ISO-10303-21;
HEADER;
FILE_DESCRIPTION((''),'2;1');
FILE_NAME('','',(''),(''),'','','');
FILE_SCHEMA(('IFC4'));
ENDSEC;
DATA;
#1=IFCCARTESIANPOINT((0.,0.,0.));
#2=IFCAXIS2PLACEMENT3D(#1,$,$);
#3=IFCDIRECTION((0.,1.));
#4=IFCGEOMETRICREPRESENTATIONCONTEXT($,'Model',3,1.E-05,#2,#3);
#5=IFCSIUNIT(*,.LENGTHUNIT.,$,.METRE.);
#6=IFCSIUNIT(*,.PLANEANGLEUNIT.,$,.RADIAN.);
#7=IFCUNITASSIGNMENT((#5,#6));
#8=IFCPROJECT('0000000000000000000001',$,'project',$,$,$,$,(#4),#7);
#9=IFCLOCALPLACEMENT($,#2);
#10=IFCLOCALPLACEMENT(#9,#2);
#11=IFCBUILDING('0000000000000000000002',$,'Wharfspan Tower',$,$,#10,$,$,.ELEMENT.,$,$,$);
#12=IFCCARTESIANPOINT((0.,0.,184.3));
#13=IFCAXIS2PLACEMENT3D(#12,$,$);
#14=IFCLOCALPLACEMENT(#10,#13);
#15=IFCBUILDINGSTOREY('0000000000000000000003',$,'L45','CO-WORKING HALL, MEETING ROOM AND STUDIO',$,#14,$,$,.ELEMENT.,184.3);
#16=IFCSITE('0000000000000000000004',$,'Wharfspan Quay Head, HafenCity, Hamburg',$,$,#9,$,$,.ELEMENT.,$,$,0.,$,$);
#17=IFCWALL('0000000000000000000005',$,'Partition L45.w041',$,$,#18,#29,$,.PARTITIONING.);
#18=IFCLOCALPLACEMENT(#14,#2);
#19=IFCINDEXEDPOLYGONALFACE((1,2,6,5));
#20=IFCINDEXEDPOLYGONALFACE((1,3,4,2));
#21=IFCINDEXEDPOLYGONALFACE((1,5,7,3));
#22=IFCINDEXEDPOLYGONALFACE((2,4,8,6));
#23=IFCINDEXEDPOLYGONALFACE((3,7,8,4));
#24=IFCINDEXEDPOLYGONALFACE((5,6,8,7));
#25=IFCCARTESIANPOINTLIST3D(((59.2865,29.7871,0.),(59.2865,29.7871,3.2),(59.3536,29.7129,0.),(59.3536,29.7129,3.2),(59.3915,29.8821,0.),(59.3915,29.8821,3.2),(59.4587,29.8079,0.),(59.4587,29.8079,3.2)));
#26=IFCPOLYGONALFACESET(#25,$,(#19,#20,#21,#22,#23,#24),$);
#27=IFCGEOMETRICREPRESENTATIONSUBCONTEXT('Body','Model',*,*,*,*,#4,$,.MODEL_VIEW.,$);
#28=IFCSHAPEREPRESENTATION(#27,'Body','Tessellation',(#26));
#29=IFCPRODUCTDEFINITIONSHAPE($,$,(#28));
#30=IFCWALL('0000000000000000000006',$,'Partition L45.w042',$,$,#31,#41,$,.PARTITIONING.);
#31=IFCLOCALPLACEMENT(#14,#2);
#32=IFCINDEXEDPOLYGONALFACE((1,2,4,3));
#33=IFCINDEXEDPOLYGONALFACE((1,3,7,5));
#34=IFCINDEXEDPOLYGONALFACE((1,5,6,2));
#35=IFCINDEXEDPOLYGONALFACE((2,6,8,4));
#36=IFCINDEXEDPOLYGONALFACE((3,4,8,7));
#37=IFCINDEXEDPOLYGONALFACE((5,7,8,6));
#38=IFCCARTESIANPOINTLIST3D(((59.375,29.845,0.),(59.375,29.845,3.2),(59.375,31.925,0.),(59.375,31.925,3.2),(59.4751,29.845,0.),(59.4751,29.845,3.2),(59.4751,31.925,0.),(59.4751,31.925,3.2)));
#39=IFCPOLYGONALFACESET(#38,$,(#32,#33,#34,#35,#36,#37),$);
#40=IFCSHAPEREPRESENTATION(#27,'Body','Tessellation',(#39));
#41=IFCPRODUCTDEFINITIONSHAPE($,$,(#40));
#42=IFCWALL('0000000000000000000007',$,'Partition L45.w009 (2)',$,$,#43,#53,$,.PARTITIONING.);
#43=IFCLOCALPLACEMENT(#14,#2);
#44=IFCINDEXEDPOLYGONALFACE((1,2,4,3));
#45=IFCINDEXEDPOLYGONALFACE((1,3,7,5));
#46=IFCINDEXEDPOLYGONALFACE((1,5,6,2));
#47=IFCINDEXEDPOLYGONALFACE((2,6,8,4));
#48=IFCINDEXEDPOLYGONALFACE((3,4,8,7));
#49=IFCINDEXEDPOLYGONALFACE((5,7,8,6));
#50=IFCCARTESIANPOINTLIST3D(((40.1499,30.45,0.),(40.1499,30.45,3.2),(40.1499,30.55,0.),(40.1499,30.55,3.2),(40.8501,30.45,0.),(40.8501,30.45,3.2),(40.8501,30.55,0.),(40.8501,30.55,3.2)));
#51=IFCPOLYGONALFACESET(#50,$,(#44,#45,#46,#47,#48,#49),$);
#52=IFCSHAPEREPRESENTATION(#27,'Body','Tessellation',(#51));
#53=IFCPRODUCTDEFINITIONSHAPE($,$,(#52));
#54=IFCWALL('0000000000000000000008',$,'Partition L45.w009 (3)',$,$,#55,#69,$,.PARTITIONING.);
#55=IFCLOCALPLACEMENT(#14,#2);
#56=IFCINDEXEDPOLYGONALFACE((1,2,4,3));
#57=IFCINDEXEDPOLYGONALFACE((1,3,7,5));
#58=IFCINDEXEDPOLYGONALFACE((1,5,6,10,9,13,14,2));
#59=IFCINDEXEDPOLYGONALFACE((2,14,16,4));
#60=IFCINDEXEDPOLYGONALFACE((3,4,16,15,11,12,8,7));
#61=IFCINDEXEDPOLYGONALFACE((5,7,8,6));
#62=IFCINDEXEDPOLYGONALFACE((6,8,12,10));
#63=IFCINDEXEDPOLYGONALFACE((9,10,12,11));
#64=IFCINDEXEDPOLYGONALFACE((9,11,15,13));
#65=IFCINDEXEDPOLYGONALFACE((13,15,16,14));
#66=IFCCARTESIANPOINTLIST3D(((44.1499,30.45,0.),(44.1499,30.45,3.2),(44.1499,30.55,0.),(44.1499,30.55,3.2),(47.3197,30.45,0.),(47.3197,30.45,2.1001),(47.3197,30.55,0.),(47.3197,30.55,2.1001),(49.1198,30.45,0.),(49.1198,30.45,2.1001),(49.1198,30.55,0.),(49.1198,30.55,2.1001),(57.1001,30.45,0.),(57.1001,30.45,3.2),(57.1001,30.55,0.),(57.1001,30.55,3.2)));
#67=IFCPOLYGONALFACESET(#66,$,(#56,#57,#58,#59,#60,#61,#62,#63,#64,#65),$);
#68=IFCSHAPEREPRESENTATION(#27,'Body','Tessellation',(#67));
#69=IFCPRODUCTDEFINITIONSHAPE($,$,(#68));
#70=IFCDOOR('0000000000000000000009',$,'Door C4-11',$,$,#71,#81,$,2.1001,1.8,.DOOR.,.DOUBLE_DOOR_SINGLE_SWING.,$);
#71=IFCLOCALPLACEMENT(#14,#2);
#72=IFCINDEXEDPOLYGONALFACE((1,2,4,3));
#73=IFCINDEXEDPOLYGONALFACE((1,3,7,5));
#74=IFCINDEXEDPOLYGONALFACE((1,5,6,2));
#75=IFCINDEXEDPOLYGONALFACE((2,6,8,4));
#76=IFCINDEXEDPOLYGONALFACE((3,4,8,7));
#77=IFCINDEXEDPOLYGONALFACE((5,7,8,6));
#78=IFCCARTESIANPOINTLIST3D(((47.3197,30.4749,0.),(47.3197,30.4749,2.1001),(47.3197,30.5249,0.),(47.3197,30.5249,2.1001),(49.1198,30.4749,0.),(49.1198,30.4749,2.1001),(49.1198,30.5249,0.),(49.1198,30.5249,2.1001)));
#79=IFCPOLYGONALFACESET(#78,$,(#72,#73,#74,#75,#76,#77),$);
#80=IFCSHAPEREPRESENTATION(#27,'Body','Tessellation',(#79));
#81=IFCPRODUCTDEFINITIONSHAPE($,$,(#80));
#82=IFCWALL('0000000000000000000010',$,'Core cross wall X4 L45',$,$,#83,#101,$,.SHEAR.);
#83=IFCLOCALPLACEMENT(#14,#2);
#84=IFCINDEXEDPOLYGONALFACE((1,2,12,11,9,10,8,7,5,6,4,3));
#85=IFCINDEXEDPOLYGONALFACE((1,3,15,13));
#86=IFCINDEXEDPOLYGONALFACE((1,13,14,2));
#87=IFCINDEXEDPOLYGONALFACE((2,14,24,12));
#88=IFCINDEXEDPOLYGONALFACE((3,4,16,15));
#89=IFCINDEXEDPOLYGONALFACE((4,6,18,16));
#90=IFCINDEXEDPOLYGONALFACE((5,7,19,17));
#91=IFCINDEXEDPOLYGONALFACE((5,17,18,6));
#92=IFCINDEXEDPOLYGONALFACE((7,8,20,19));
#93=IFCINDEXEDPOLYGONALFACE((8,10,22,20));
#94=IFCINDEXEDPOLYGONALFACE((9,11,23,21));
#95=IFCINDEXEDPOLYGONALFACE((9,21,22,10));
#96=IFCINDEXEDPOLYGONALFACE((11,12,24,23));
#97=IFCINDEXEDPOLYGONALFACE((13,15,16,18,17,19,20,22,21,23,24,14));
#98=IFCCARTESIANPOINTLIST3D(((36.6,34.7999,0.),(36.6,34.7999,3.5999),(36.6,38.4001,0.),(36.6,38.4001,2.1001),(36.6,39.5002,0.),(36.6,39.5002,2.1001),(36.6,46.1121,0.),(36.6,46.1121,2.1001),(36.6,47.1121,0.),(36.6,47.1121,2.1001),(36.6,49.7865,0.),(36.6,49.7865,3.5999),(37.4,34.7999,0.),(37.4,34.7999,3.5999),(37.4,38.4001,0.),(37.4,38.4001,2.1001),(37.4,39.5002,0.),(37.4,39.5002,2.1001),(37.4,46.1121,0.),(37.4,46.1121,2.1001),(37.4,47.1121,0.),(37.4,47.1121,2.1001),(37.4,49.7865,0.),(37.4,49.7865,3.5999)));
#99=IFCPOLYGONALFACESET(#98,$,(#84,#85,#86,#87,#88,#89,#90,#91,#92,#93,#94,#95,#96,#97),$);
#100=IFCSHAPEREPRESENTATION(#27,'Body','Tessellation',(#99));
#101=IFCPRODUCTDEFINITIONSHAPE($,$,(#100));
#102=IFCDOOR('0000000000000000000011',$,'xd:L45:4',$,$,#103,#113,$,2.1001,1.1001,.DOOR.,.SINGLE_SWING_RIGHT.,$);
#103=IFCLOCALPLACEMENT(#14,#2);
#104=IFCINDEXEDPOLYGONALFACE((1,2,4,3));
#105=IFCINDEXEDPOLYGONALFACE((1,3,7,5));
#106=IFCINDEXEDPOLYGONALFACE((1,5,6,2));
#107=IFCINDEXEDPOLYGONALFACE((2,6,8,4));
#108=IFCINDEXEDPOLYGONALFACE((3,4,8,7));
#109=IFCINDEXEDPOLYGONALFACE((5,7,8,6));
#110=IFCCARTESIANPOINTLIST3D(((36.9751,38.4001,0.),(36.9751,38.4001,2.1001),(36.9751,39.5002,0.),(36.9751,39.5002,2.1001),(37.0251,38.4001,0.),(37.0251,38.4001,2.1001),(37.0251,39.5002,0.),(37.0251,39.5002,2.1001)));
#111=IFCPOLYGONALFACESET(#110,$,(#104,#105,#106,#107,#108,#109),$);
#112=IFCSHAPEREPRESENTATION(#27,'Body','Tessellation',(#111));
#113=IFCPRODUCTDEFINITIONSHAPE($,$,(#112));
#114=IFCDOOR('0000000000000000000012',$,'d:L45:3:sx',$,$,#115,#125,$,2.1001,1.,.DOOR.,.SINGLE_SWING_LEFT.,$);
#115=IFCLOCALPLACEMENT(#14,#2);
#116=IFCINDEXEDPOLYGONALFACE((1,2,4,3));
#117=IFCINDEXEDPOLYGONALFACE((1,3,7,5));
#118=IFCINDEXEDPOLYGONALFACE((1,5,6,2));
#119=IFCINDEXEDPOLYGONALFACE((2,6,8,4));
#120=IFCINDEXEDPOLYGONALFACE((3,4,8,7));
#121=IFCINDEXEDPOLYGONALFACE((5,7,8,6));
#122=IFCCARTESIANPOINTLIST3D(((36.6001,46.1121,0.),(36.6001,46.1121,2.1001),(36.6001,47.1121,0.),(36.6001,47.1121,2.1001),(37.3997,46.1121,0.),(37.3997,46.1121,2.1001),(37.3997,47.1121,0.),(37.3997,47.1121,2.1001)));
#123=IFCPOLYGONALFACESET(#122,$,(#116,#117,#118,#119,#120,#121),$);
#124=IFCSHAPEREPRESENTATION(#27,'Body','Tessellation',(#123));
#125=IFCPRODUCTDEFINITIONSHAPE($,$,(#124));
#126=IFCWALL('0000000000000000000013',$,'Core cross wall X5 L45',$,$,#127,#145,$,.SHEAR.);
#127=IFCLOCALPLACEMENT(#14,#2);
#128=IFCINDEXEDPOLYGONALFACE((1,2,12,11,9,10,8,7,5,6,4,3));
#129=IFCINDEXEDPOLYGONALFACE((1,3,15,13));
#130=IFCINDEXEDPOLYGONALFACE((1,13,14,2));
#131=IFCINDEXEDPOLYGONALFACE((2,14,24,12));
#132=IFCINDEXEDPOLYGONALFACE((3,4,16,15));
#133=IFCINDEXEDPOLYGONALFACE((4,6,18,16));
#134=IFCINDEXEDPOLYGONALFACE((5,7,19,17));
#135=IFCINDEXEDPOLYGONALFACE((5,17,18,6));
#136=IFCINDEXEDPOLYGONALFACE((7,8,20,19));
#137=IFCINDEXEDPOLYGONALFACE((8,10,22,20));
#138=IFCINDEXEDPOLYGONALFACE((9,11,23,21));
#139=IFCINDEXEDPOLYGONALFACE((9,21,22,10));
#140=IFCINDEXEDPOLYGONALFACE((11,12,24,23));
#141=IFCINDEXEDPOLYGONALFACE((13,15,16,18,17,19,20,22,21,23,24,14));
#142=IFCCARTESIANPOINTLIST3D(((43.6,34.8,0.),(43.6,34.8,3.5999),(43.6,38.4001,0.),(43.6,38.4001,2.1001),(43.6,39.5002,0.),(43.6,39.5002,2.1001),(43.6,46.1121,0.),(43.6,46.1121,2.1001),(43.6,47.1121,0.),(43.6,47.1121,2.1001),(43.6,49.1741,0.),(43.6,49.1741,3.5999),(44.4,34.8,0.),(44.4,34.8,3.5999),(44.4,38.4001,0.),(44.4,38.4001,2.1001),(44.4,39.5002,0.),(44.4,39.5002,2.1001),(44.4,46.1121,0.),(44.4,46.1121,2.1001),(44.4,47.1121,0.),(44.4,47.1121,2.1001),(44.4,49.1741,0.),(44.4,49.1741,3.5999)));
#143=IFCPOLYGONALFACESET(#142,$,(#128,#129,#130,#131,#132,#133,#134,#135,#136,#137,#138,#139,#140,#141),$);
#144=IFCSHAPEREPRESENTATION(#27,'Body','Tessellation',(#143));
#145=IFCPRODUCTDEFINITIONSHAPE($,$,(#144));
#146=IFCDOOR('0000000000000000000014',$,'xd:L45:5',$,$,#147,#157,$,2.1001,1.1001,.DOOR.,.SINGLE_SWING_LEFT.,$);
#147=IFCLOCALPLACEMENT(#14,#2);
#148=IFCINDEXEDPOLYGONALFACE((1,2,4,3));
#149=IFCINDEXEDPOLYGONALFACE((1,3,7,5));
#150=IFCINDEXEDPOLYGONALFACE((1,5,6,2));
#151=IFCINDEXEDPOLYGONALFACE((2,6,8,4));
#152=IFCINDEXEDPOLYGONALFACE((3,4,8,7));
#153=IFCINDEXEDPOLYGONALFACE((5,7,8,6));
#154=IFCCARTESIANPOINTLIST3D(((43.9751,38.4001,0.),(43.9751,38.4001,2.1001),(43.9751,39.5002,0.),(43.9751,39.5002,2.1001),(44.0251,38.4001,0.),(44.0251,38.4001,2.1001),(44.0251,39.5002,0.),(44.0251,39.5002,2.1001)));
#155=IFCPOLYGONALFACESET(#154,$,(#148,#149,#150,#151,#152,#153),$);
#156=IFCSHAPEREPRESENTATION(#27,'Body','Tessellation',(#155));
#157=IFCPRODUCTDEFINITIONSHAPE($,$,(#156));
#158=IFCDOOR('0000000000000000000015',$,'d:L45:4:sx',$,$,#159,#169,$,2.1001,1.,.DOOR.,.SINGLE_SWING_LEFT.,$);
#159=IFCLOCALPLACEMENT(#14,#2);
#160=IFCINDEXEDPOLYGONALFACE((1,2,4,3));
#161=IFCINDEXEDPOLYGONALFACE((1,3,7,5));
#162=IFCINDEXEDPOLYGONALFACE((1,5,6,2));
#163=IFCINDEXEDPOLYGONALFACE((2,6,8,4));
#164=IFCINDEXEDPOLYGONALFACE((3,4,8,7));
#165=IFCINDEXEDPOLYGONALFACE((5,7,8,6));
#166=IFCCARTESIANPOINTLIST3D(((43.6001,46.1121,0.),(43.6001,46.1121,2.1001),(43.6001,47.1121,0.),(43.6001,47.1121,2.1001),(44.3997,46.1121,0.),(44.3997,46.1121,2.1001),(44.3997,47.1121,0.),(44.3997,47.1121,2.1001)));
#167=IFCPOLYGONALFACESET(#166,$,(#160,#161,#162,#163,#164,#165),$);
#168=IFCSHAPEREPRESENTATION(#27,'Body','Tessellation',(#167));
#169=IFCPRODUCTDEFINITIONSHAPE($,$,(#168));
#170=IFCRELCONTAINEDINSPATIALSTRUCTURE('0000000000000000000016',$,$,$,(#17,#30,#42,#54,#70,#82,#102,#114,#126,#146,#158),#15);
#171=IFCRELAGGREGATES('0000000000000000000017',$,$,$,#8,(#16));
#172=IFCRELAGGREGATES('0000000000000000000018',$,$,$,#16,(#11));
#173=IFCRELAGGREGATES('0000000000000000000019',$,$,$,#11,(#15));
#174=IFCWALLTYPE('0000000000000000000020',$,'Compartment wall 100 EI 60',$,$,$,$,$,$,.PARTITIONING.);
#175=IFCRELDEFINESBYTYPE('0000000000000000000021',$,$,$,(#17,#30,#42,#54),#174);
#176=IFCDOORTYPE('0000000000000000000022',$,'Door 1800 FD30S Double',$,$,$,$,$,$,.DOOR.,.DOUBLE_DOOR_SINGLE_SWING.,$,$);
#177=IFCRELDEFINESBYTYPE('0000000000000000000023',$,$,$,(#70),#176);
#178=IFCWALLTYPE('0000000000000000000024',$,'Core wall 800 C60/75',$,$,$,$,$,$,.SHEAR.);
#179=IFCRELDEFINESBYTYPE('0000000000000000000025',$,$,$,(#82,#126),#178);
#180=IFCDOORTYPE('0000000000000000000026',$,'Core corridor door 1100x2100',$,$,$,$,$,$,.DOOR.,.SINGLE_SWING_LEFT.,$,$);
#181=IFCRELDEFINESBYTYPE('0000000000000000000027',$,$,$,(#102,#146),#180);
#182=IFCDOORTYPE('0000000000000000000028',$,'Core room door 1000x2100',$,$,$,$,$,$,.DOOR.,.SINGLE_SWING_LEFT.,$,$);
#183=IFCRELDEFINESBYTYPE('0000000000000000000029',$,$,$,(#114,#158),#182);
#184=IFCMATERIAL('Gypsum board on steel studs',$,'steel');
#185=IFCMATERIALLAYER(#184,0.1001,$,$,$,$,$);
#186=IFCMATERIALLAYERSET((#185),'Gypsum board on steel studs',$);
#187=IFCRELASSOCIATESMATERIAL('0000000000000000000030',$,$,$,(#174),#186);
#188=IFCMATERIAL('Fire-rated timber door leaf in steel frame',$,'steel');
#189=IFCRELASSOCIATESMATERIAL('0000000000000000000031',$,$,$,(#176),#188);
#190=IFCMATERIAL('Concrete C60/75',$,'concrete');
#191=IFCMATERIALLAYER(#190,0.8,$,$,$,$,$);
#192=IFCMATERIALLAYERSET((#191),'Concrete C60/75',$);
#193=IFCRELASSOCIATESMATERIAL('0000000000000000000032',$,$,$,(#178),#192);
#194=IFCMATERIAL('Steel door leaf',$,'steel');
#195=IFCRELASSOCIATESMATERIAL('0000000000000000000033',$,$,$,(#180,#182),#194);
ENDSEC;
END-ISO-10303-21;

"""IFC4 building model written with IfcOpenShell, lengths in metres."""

from ifc_helpers import new_model, si_unit, direction, frame, frame_2d, origin, place, context, subcontext, project, spatial, rectangle, extrude, material, layer, layer_set, type_object, element, fill, save


model = new_model("IFC4")

# Units and contexts
model_context = context("Model", 3, precision=1e-05, world=origin(), true_north=direction((0.0, 1.0)))
body_context = subcontext(model_context, "Body", "Model", "MODEL_VIEW")
ifc_project = project(units=[si_unit("LENGTHUNIT", "METRE"), si_unit("PLANEANGLEUNIT", "RADIAN")], contexts=[model_context])

# Site, building, storey
site_placement = place(None, origin())
site = spatial("IfcSite", under=ifc_project, at=site_placement, Name="Wharfspan Quay Head, HafenCity, Hamburg", CompositionType="ELEMENT", RefElevation=0.0)
building_placement = place(site_placement, origin())
building = spatial("IfcBuilding", under=site, at=building_placement, Name="Wharfspan Tower", CompositionType="ELEMENT")
storey_placement = place(building_placement, frame((0.0, 0.0, 184.3)))
storey = spatial("IfcBuildingStorey", under=building, at=storey_placement, Name="L45", Description="CO-WORKING HALL, MEETING ROOM AND STUDIO", CompositionType="ELEMENT", Elevation=184.3)

# Shared definitions
ifc_material_1 = material(Name="Gypsum board on steel studs", Category="steel")
ifc_layer_1 = layer(ifc_material_1, 0.1001)
ifc_layer_set_1 = layer_set([ifc_layer_1], Name="Gypsum board on steel studs")
wall_type_1 = type_object("IfcWallType", Name="Compartment wall 100 EI 60", PredefinedType="PARTITIONING", material=ifc_layer_set_1)

# Shared definitions
ifc_material_2 = material(Name="Fire-rated timber door leaf in steel frame", Category="steel")
door_type_1 = type_object("IfcDoorType", Name="Door 1800 FD30S Double", OperationType="DOUBLE_DOOR_SINGLE_SWING", PredefinedType="DOOR", material=ifc_material_2)

# Walls
wall_1_placement = place(storey_placement, frame((59.3201, 29.75, 0.0), z_axis=(0.0, 0.0, 1.0), x_axis=(0.741581, 0.670872, 0.0)))
element("IfcWall", 1, at=wall_1_placement, inside=storey, type_object=wall_type_1, Name="Partition L45.w041", PredefinedType="PARTITIONING", context=body_context, shape_type="SweptSolid", body=[
    extrude(rectangle(XDim=0.1416, YDim=0.1001, at=frame_2d((0.0708, 0.0))), origin(), (0.0, 0.0, 1.0), 3.2),
])
wall_2_placement = place(storey_placement, frame((59.425, 29.845, 0.0), z_axis=(0.0, 0.0, 1.0), x_axis=(0.0, 1.0, 0.0)))
element("IfcWall", 2, at=wall_2_placement, inside=storey, type_object=wall_type_1, Name="Partition L45.w042", PredefinedType="PARTITIONING", context=body_context, shape_type="SweptSolid", body=[
    extrude(rectangle(XDim=2.0801, YDim=0.1001, at=frame_2d((1.04, 0.0))), origin(), (0.0, 0.0, 1.0), 3.2),
])
wall_3_placement = place(storey_placement, frame((40.1499, 30.5, 0.0), z_axis=(0.0, 0.0, 1.0), x_axis=(1.0, 0.0, 0.0)))
element("IfcWall", 3, at=wall_3_placement, inside=storey, type_object=wall_type_1, Name="Partition L45.w009 (2)", PredefinedType="PARTITIONING", context=body_context, shape_type="SweptSolid", body=[
    extrude(rectangle(XDim=0.7002, YDim=0.1001, at=frame_2d((0.3501, 0.0))), origin(), (0.0, 0.0, 1.0), 3.2),
])

# Wall, opening, door
wall_4_placement = place(storey_placement, frame((44.1499, 30.5, 0.0), z_axis=(0.0, 0.0, 1.0), x_axis=(1.0, 0.0, 0.0)))
wall_4 = element("IfcWall", 4, at=wall_4_placement, inside=storey, type_object=wall_type_1, Name="Partition L45.w009 (3)", PredefinedType="PARTITIONING", context=body_context, shape_type="SweptSolid", body=[
    extrude(rectangle(XDim=12.9502, YDim=0.1001, at=frame_2d((6.4751, 0.0))), origin(), (0.0, 0.0, 1.0), 3.2),
])
opening_1_placement = place(wall_4_placement, frame((3.1699, 0.0, 0.0)))
opening_1 = element("IfcOpeningElement", 5, at=opening_1_placement, cuts=wall_4, PredefinedType="OPENING", context=body_context, shape_type="SweptSolid", body=[
    extrude(rectangle(XDim=1.8, YDim=2.1001, at=frame_2d((0.8999, 1.05))), frame((0.0, 0.0601, 0.0), z_axis=(0.0, -1.0, 0.0), x_axis=(1.0, 0.0, 0.0)), (0.0, 0.0, 1.0), 0.1201),
])
door_1_placement = place(opening_1_placement, origin())
door_1 = element("IfcDoor", 6, at=door_1_placement, inside=storey, type_object=door_type_1, Name="Door C4-11", OperationType="DOUBLE_DOOR_SINGLE_SWING", OverallHeight=2.1001, OverallWidth=1.8, PredefinedType="DOOR", context=body_context, shape_type="SweptSolid", body=[
    extrude(rectangle(XDim=1.8, YDim=2.1001, at=frame_2d((0.8999, 1.05))), frame((0.0, 0.0249, 0.0), z_axis=(0.0, -1.0, 0.0), x_axis=(1.0, 0.0, 0.0)), (0.0, 0.0, 1.0), 0.05),
])
fill(opening_1, door_1)

# Walls, openings, doors
ifc_material_3 = material(Name="Concrete C60/75", Category="concrete")
ifc_layer_2 = layer(ifc_material_3, 0.8)
ifc_layer_set_2 = layer_set([ifc_layer_2], Name="Concrete C60/75")
wall_type_2 = type_object("IfcWallType", Name="Core wall 800 C60/75", PredefinedType="SHEAR", material=ifc_layer_set_2)
wall_5_placement = place(storey_placement, frame((37.0, 34.8, 0.0), z_axis=(0.0, 0.0, 1.0), x_axis=(0.0, 1.0, 0.0)))
wall_5 = element("IfcWall", 7, at=wall_5_placement, inside=storey, type_object=wall_type_2, Name="Core cross wall X4 L45", PredefinedType="SHEAR", context=body_context, shape_type="SweptSolid", body=[
    extrude(rectangle(XDim=14.9866, YDim=0.8, at=frame_2d((7.4932, 0.0))), origin(), (0.0, 0.0, 1.0), 3.5999),
])
opening_2_placement = place(wall_5_placement, frame((11.312, 0.0, 0.0)))
opening_2 = element("IfcOpeningElement", 8, at=opening_2_placement, cuts=wall_5, PredefinedType="OPENING", context=body_context, shape_type="SweptSolid", body=[
    extrude(rectangle(XDim=1.0, YDim=2.1001, at=frame_2d((0.5, 1.05))), frame((0.0, 0.4099, 0.0), z_axis=(0.0, -1.0, 0.0), x_axis=(1.0, 0.0, 0.0)), (0.0, 0.0, 1.0), 0.8201),
])
opening_3_placement = place(wall_5_placement, frame((3.6001, 0.0, 0.0)))
opening_3 = element("IfcOpeningElement", 9, at=opening_3_placement, cuts=wall_5, PredefinedType="OPENING", context=body_context, shape_type="SweptSolid", body=[
    extrude(rectangle(XDim=1.1001, YDim=2.1001, at=frame_2d((0.55, 1.05))), frame((0.0, 0.4099, 0.0), z_axis=(0.0, -1.0, 0.0), x_axis=(1.0, 0.0, 0.0)), (0.0, 0.0, 1.0), 0.8201),
])
ifc_material_4 = material(Name="Steel door leaf", Category="steel")
door_type_2 = type_object("IfcDoorType", Name="Core corridor door 1100x2100", OperationType="SINGLE_SWING_LEFT", PredefinedType="DOOR", material=ifc_material_4)
door_2_placement = place(opening_3_placement, origin())
door_2 = element("IfcDoor", 10, at=door_2_placement, inside=storey, type_object=door_type_2, Name="xd:L45:4", OperationType="SINGLE_SWING_RIGHT", OverallHeight=2.1001, OverallWidth=1.1001, PredefinedType="DOOR", context=body_context, shape_type="SweptSolid", body=[
    extrude(rectangle(XDim=1.1001, YDim=2.1001, at=frame_2d((0.55, 1.05))), frame((0.0, 0.0249, 0.0), z_axis=(0.0, -1.0, 0.0), x_axis=(1.0, 0.0, 0.0)), (0.0, 0.0, 1.0), 0.05),
])
fill(opening_3, door_2)
door_type_3 = type_object("IfcDoorType", Name="Core room door 1000x2100", OperationType="SINGLE_SWING_LEFT", PredefinedType="DOOR", material=ifc_material_4)
door_3_placement = place(opening_2_placement, origin())
door_3 = element("IfcDoor", 11, at=door_3_placement, inside=storey, type_object=door_type_3, Name="d:L45:3:sx", OperationType="SINGLE_SWING_LEFT", OverallHeight=2.1001, OverallWidth=1.0, PredefinedType="DOOR", context=body_context, shape_type="SweptSolid", body=[
    extrude(rectangle(XDim=1.0, YDim=2.1001, at=frame_2d((0.5, 1.05))), frame((0.0, 0.3999, 0.0), z_axis=(0.0, -1.0, 0.0), x_axis=(1.0, 0.0, 0.0)), (0.0, 0.0, 1.0), 0.7996),
])
fill(opening_2, door_3)
wall_6_placement = place(storey_placement, frame((44.0, 34.8, 0.0), z_axis=(0.0, 0.0, 1.0), x_axis=(0.0, 1.0, 0.0)))
wall_6 = element("IfcWall", 12, at=wall_6_placement, inside=storey, type_object=wall_type_2, Name="Core cross wall X5 L45", PredefinedType="SHEAR", context=body_context, shape_type="SweptSolid", body=[
    extrude(rectangle(XDim=14.374, YDim=0.8, at=frame_2d((7.187, 0.0))), origin(), (0.0, 0.0, 1.0), 3.5999),
])
opening_4_placement = place(wall_6_placement, frame((11.312, 0.0, 0.0)))
opening_4 = element("IfcOpeningElement", 13, at=opening_4_placement, cuts=wall_6, PredefinedType="OPENING", context=body_context, shape_type="SweptSolid", body=[
    extrude(rectangle(XDim=1.0, YDim=2.1001, at=frame_2d((0.5, 1.05))), frame((0.0, 0.4099, 0.0), z_axis=(0.0, -1.0, 0.0), x_axis=(1.0, 0.0, 0.0)), (0.0, 0.0, 1.0), 0.8201),
])
opening_5_placement = place(wall_6_placement, frame((3.6001, 0.0, 0.0)))
opening_5 = element("IfcOpeningElement", 14, at=opening_5_placement, cuts=wall_6, PredefinedType="OPENING", context=body_context, shape_type="SweptSolid", body=[
    extrude(rectangle(XDim=1.1001, YDim=2.1001, at=frame_2d((0.55, 1.05))), frame((0.0, 0.4099, 0.0), z_axis=(0.0, -1.0, 0.0), x_axis=(1.0, 0.0, 0.0)), (0.0, 0.0, 1.0), 0.8201),
])
door_4_placement = place(opening_5_placement, origin())
door_4 = element("IfcDoor", 15, at=door_4_placement, inside=storey, type_object=door_type_2, Name="xd:L45:5", OperationType="SINGLE_SWING_LEFT", OverallHeight=2.1001, OverallWidth=1.1001, PredefinedType="DOOR", context=body_context, shape_type="SweptSolid", body=[
    extrude(rectangle(XDim=1.1001, YDim=2.1001, at=frame_2d((0.55, 1.05))), frame((0.0, 0.0249, 0.0), z_axis=(0.0, -1.0, 0.0), x_axis=(1.0, 0.0, 0.0)), (0.0, 0.0, 1.0), 0.05),
])
fill(opening_5, door_4)
door_5_placement = place(opening_4_placement, origin())
door_5 = element("IfcDoor", 16, at=door_5_placement, inside=storey, type_object=door_type_3, Name="d:L45:4:sx", OperationType="SINGLE_SWING_LEFT", OverallHeight=2.1001, OverallWidth=1.0, PredefinedType="DOOR", context=body_context, shape_type="SweptSolid", body=[
    extrude(rectangle(XDim=1.0, YDim=2.1001, at=frame_2d((0.5, 1.05))), frame((0.0, 0.3999, 0.0), z_axis=(0.0, -1.0, 0.0), x_axis=(1.0, 0.0, 0.0)), (0.0, 0.0, 1.0), 0.7996),
])
fill(opening_4, door_5)

save(model, "model.ifc")
